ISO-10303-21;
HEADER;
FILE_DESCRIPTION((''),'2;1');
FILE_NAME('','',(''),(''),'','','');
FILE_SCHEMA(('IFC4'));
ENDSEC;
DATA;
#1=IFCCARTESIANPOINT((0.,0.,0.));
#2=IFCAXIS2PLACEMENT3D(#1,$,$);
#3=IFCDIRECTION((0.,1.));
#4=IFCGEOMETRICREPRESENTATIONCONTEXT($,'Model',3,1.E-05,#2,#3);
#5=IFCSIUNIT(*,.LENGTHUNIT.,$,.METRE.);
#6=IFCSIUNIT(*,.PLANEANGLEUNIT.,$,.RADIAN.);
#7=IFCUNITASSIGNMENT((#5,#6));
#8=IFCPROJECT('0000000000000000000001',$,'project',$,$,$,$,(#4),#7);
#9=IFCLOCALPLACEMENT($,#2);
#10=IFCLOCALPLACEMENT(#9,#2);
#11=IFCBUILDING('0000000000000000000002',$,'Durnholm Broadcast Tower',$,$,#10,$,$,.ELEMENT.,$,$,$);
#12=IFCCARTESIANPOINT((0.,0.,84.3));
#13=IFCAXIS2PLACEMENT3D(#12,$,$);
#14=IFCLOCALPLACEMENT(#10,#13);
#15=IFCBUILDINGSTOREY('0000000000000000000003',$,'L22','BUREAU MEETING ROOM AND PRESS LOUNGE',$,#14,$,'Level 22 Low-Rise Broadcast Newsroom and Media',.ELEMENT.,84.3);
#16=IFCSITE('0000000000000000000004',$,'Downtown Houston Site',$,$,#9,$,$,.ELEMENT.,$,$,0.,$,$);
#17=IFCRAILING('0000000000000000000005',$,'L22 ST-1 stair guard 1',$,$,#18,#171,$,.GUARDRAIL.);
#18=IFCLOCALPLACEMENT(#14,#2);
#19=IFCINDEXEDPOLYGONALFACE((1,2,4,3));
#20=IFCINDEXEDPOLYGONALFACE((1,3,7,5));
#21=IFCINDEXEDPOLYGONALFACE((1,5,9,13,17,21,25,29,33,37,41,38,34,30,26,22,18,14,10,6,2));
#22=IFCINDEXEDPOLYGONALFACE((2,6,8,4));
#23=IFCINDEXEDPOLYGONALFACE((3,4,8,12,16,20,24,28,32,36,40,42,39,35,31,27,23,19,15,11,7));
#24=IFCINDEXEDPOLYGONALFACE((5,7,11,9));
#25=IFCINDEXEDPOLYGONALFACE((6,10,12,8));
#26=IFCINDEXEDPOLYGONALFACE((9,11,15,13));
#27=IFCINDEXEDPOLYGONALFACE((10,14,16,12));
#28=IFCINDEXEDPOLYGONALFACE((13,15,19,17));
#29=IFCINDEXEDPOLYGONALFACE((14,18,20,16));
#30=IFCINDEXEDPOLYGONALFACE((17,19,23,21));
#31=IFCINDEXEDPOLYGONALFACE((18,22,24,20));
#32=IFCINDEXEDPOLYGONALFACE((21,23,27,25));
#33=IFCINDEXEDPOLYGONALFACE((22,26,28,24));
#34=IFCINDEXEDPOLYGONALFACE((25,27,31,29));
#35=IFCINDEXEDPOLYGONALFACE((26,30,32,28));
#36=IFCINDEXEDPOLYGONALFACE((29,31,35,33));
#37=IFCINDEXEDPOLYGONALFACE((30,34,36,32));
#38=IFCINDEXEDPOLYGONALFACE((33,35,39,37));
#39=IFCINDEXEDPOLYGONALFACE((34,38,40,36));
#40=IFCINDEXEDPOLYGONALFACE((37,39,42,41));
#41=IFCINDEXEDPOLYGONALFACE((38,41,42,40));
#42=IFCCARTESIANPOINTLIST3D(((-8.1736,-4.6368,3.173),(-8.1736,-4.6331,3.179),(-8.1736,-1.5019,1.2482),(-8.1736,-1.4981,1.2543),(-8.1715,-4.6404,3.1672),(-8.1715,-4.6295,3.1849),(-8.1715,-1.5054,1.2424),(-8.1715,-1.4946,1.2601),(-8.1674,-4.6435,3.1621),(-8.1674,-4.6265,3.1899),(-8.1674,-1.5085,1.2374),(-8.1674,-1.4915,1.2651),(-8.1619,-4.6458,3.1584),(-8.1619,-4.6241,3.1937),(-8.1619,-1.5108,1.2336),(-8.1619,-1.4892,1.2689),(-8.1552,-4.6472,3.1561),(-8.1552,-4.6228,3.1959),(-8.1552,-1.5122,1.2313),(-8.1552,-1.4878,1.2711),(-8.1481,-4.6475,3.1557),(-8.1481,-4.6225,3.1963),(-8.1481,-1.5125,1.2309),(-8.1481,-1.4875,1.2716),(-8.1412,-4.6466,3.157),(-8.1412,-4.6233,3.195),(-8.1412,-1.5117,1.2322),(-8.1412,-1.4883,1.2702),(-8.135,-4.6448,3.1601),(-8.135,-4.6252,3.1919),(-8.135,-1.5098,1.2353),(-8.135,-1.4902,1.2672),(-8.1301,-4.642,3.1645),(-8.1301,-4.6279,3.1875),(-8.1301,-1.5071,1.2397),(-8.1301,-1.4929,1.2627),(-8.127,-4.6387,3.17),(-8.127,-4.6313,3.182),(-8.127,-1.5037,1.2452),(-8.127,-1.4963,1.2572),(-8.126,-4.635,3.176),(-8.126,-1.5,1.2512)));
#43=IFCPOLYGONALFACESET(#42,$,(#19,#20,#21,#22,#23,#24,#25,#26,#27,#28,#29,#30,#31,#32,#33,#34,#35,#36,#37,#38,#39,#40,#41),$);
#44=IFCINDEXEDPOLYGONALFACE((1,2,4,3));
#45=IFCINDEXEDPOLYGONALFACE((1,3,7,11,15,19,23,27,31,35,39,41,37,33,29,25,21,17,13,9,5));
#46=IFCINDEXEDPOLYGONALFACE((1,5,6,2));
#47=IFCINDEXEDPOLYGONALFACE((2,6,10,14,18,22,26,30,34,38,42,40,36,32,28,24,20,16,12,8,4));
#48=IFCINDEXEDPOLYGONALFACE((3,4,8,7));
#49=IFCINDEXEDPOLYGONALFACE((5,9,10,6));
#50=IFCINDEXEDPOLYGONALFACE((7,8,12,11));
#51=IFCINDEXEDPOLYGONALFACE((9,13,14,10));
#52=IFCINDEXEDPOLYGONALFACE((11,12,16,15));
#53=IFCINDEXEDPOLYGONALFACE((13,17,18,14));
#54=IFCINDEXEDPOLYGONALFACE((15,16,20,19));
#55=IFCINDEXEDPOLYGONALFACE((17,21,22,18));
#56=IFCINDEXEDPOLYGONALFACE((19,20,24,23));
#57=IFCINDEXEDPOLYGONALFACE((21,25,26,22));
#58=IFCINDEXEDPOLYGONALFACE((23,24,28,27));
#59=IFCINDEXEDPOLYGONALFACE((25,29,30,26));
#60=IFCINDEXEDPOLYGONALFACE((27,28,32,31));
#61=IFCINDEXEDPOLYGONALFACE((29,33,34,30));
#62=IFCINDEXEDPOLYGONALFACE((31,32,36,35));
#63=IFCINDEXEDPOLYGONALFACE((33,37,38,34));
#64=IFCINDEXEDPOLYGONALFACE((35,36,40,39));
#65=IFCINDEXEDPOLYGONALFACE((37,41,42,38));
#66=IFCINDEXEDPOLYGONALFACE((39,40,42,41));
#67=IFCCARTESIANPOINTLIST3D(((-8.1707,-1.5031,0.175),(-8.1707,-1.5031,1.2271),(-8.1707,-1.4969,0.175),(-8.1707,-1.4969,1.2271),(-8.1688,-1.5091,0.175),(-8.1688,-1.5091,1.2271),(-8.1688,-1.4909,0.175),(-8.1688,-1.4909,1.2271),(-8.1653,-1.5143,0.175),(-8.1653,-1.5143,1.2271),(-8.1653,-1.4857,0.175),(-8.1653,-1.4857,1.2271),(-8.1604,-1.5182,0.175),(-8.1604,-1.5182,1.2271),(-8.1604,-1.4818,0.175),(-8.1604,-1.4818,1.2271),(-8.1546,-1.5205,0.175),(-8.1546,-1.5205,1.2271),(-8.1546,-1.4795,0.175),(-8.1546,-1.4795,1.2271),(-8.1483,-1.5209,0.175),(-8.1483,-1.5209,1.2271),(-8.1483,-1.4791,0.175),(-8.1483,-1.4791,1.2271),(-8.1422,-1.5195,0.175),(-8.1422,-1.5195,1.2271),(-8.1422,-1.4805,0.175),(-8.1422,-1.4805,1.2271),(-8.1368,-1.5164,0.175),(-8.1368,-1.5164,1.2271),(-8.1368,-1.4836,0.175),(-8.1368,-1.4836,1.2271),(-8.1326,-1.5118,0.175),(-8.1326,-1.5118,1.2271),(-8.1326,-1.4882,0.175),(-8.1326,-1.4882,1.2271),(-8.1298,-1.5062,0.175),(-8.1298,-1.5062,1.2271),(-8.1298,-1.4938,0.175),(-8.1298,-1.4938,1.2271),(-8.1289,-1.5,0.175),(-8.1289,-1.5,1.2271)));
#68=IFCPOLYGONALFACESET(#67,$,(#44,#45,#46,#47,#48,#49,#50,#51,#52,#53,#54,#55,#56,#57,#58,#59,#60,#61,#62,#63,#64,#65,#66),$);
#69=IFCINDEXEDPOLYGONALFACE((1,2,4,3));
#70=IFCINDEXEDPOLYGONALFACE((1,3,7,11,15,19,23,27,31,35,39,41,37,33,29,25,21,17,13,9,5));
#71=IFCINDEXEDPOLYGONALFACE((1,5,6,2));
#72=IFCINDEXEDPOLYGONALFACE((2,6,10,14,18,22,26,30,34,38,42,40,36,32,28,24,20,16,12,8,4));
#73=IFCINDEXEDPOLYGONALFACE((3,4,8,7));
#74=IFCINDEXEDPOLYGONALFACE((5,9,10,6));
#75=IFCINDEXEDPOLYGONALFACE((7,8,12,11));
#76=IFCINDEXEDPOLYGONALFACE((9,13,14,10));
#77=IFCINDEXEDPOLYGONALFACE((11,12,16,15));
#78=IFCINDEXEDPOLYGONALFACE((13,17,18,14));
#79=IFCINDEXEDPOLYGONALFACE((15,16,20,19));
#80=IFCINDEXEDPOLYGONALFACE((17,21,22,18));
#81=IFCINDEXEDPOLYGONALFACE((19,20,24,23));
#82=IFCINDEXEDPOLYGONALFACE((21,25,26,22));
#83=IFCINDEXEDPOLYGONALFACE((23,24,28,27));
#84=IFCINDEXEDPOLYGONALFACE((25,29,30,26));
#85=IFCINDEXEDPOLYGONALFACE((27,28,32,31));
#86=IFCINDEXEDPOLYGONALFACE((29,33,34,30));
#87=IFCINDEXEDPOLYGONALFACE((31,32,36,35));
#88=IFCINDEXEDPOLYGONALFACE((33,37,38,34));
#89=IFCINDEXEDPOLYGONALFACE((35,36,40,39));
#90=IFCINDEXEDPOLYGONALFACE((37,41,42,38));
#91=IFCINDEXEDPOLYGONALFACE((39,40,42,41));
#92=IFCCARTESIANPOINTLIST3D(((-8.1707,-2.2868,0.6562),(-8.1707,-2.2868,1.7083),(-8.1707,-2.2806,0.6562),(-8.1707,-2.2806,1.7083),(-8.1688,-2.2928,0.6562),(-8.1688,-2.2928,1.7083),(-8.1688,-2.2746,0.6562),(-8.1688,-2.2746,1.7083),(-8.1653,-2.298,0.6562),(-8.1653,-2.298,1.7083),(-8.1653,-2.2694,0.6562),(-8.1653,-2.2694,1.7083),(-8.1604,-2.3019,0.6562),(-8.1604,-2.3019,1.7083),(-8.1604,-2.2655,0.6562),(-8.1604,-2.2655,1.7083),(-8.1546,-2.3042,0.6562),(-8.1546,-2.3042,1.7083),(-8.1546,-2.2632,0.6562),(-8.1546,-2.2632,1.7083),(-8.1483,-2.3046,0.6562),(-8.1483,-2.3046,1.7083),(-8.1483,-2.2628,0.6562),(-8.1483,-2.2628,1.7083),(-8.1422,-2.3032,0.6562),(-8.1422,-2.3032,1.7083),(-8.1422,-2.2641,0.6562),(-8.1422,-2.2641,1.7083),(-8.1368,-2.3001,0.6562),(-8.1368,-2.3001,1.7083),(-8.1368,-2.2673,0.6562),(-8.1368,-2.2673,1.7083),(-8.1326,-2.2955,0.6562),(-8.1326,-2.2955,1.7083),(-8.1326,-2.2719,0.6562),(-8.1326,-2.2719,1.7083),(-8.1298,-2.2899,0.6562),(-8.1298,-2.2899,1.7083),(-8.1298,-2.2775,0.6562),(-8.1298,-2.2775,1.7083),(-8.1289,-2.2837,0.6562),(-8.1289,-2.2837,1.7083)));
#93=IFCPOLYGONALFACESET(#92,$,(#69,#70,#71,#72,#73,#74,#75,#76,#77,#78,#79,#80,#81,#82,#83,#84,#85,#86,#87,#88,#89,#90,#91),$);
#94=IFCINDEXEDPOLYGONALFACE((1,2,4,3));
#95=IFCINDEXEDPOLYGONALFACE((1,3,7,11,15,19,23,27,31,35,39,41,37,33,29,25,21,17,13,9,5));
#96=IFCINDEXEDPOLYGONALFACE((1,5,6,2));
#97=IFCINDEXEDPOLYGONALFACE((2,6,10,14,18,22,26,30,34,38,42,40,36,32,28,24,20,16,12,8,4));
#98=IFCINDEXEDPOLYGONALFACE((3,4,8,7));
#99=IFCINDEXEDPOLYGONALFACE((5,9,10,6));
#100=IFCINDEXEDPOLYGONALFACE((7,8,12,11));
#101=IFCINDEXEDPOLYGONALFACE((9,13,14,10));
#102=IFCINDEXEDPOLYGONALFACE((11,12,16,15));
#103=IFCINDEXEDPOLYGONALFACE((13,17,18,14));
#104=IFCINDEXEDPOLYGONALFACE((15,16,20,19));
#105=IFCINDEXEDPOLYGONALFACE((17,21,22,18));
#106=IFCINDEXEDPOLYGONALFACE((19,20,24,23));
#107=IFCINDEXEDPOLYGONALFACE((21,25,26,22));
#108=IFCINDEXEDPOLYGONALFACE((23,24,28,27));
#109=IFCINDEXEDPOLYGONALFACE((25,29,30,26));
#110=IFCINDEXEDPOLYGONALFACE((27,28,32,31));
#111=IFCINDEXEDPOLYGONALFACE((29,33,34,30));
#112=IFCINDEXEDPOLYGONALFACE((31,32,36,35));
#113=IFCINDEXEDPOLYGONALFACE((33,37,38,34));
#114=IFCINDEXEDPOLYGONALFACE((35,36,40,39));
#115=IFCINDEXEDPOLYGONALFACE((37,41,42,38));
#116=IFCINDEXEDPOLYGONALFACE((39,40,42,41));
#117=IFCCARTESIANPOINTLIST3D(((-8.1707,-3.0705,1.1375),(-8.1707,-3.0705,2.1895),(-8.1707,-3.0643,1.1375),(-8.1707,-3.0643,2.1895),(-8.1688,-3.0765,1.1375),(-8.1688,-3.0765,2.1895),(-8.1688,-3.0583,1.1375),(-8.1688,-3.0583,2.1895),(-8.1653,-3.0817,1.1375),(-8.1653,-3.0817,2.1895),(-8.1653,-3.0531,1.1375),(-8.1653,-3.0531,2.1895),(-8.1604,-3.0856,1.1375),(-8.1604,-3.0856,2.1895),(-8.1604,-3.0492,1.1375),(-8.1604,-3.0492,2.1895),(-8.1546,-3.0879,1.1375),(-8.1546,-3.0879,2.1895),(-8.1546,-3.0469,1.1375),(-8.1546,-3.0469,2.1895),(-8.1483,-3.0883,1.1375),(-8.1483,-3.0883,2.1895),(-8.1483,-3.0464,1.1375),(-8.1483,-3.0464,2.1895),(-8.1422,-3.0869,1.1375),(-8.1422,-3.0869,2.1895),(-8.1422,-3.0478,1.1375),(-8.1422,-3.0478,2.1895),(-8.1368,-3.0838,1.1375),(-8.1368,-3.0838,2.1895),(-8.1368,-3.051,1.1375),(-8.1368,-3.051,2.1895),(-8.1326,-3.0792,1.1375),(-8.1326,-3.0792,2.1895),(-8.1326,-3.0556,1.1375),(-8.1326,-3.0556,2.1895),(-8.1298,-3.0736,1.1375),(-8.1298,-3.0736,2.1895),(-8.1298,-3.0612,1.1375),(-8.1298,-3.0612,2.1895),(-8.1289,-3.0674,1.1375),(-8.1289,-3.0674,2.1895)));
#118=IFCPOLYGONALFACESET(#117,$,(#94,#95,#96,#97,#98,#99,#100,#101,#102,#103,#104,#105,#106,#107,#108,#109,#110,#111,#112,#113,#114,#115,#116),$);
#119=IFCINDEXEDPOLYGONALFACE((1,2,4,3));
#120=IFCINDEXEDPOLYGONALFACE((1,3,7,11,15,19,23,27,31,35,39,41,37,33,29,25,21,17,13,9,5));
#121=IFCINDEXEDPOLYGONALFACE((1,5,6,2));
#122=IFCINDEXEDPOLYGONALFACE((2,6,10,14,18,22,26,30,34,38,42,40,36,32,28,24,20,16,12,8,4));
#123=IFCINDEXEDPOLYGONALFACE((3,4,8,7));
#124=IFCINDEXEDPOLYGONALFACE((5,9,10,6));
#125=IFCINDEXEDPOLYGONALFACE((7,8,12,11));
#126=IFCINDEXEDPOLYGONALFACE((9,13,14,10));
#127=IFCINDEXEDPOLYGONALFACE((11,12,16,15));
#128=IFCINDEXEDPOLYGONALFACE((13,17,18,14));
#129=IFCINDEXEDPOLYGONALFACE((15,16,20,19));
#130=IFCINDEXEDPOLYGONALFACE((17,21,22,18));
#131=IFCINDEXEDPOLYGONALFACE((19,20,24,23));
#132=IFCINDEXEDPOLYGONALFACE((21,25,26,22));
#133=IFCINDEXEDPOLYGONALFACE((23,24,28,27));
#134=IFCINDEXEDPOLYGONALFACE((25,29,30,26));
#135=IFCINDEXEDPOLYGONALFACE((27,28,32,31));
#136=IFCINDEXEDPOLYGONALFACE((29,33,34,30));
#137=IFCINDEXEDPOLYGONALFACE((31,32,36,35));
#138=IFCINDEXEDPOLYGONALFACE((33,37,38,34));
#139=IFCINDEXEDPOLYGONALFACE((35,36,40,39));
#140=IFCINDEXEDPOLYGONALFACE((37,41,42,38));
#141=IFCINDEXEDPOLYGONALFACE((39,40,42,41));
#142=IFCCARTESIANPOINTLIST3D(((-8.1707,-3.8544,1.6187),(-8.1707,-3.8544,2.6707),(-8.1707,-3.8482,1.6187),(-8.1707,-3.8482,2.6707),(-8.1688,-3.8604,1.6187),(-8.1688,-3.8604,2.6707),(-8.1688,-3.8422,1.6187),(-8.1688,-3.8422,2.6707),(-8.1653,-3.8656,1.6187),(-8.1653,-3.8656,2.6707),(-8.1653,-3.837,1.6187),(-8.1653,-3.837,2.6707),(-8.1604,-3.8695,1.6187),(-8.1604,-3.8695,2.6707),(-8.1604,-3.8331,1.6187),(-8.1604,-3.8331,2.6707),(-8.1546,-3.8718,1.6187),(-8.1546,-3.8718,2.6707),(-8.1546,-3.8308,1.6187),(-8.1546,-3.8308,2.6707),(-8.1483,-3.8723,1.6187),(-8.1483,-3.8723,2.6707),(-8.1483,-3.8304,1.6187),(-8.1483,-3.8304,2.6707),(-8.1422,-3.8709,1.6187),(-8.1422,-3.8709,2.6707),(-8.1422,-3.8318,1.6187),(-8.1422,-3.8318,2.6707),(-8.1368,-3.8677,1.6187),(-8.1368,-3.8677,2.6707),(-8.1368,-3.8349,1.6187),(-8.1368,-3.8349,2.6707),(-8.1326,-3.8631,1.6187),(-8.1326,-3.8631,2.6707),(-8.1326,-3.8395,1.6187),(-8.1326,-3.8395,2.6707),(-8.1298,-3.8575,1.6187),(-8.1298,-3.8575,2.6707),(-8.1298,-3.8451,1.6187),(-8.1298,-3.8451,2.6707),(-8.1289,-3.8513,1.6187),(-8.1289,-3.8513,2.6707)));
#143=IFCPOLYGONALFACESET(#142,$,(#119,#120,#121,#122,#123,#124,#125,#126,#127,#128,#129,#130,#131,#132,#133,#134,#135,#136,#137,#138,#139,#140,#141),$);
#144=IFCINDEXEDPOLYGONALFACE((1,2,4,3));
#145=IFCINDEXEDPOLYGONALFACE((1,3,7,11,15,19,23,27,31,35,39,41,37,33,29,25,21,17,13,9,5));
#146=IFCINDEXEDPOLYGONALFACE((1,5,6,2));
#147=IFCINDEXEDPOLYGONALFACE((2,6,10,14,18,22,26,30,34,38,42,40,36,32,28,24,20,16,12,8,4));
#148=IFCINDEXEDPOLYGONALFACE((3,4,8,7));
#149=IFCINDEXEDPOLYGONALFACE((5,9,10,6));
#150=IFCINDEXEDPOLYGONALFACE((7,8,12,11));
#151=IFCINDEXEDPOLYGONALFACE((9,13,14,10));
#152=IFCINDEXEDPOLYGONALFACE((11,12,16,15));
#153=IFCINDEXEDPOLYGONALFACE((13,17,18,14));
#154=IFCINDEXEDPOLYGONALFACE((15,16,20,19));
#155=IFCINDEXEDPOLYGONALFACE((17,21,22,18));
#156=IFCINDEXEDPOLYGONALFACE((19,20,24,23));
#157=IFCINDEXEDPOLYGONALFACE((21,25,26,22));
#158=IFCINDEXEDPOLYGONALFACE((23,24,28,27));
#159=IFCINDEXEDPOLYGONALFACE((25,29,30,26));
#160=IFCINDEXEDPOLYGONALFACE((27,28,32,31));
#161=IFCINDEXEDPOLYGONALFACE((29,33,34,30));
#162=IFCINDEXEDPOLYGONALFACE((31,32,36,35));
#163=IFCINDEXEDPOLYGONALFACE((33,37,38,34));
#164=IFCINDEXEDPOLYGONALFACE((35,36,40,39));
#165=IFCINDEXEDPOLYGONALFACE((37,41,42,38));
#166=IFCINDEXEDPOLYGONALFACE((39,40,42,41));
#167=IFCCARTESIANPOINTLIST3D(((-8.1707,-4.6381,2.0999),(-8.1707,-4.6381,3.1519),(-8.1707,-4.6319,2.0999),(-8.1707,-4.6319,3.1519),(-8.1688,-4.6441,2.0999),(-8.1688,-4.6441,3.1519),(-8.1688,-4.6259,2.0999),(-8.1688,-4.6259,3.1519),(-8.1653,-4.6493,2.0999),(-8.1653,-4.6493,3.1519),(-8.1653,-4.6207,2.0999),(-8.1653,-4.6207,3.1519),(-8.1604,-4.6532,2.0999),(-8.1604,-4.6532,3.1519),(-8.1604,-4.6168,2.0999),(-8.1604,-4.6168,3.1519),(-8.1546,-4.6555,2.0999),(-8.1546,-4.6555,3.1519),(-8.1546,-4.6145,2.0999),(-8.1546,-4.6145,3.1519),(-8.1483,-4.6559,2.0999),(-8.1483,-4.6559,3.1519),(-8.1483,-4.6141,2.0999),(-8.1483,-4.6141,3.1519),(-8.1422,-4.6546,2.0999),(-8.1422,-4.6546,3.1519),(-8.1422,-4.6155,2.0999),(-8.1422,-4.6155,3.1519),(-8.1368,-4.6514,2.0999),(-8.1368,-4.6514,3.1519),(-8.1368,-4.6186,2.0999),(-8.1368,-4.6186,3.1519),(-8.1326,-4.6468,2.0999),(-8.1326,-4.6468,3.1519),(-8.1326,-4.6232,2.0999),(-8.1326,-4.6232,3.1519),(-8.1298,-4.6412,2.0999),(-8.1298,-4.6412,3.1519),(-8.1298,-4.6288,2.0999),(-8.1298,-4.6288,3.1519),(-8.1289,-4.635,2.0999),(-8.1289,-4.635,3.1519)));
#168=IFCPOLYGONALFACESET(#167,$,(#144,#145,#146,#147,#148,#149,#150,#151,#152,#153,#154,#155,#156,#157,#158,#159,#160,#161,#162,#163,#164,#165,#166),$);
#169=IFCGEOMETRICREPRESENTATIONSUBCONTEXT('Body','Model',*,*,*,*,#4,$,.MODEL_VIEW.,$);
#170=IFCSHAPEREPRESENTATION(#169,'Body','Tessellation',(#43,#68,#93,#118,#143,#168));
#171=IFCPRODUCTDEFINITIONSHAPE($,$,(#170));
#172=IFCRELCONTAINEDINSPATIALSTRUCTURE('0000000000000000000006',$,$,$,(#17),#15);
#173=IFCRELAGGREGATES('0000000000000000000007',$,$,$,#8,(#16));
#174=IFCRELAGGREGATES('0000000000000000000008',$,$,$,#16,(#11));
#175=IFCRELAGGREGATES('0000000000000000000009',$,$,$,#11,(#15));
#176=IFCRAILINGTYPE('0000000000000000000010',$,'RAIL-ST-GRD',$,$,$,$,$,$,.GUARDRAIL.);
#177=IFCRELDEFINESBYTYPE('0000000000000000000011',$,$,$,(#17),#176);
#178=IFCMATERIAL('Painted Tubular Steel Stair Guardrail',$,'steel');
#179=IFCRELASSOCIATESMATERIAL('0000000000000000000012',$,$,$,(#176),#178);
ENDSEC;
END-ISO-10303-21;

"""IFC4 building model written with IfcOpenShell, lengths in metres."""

from ifc_helpers import new_model, si_unit, direction, frame, origin, origin_2d, place, context, subcontext, project, spatial, circle, extrude, material, type_object, element, save


model = new_model("IFC4")

# Units and contexts
model_context = context("Model", 3, precision=1e-05, world=origin(), true_north=direction((0.0, 1.0)))
body_context = subcontext(model_context, "Body", "Model", "MODEL_VIEW")
ifc_project = project(units=[si_unit("LENGTHUNIT", "METRE"), si_unit("PLANEANGLEUNIT", "RADIAN")], contexts=[model_context])

# Site, building, storey
site_placement = place(None, origin())
site = spatial("IfcSite", under=ifc_project, at=site_placement, Name="Downtown Houston Site", CompositionType="ELEMENT", RefElevation=0.0)
building_placement = place(site_placement, origin())
building = spatial("IfcBuilding", under=site, at=building_placement, Name="Durnholm Broadcast Tower", CompositionType="ELEMENT")
storey_placement = place(building_placement, frame((0.0, 0.0, 84.3)))
storey = spatial("IfcBuildingStorey", under=building, at=storey_placement, Name="L22", Description="BUREAU MEETING ROOM AND PRESS LOUNGE", LongName="Level 22 Low-Rise Broadcast Newsroom and Media", CompositionType="ELEMENT", Elevation=84.3)

# Railing
ifc_material_1 = material(Name="Painted Tubular Steel Stair Guardrail", Category="steel")
railing_type_1 = type_object("IfcRailingType", Name="RAIL-ST-GRD", PredefinedType="GUARDRAIL", material=ifc_material_1)
railing_1_placement = place(storey_placement, frame((-8.1499, -1.5, 0.175)))
element("IfcRailing", 1, at=railing_1_placement, inside=storey, type_object=railing_type_1, Name="L22 ST-1 stair guard 1", PredefinedType="GUARDRAIL", context=body_context, shape_type="SweptSolid", body=[
    extrude(circle(Radius=0.0239, at=origin_2d()), frame((0.0, 0.0, 1.0762), z_axis=(0.0, -0.852196, 0.523223), x_axis=(1.0, 0.0, 0.0)), (0.0, 0.0, 1.0), 3.6787),
    extrude(circle(Radius=0.021, at=origin_2d()), origin(), (0.0, 0.0, 1.0), 1.052),
    extrude(circle(Radius=0.021, at=origin_2d()), frame((0.0, -0.7837, 0.4812)), (0.0, 0.0, 1.0), 1.052),
    extrude(circle(Radius=0.021, at=origin_2d()), frame((0.0, -1.5674, 0.9624)), (0.0, 0.0, 1.0), 1.052),
    extrude(circle(Radius=0.021, at=origin_2d()), frame((0.0, -2.3513, 1.4436)), (0.0, 0.0, 1.0), 1.052),
    extrude(circle(Radius=0.021, at=origin_2d()), frame((0.0, -3.135, 1.9248)), (0.0, 0.0, 1.0), 1.052),
])

save(model, "model.ifc")
